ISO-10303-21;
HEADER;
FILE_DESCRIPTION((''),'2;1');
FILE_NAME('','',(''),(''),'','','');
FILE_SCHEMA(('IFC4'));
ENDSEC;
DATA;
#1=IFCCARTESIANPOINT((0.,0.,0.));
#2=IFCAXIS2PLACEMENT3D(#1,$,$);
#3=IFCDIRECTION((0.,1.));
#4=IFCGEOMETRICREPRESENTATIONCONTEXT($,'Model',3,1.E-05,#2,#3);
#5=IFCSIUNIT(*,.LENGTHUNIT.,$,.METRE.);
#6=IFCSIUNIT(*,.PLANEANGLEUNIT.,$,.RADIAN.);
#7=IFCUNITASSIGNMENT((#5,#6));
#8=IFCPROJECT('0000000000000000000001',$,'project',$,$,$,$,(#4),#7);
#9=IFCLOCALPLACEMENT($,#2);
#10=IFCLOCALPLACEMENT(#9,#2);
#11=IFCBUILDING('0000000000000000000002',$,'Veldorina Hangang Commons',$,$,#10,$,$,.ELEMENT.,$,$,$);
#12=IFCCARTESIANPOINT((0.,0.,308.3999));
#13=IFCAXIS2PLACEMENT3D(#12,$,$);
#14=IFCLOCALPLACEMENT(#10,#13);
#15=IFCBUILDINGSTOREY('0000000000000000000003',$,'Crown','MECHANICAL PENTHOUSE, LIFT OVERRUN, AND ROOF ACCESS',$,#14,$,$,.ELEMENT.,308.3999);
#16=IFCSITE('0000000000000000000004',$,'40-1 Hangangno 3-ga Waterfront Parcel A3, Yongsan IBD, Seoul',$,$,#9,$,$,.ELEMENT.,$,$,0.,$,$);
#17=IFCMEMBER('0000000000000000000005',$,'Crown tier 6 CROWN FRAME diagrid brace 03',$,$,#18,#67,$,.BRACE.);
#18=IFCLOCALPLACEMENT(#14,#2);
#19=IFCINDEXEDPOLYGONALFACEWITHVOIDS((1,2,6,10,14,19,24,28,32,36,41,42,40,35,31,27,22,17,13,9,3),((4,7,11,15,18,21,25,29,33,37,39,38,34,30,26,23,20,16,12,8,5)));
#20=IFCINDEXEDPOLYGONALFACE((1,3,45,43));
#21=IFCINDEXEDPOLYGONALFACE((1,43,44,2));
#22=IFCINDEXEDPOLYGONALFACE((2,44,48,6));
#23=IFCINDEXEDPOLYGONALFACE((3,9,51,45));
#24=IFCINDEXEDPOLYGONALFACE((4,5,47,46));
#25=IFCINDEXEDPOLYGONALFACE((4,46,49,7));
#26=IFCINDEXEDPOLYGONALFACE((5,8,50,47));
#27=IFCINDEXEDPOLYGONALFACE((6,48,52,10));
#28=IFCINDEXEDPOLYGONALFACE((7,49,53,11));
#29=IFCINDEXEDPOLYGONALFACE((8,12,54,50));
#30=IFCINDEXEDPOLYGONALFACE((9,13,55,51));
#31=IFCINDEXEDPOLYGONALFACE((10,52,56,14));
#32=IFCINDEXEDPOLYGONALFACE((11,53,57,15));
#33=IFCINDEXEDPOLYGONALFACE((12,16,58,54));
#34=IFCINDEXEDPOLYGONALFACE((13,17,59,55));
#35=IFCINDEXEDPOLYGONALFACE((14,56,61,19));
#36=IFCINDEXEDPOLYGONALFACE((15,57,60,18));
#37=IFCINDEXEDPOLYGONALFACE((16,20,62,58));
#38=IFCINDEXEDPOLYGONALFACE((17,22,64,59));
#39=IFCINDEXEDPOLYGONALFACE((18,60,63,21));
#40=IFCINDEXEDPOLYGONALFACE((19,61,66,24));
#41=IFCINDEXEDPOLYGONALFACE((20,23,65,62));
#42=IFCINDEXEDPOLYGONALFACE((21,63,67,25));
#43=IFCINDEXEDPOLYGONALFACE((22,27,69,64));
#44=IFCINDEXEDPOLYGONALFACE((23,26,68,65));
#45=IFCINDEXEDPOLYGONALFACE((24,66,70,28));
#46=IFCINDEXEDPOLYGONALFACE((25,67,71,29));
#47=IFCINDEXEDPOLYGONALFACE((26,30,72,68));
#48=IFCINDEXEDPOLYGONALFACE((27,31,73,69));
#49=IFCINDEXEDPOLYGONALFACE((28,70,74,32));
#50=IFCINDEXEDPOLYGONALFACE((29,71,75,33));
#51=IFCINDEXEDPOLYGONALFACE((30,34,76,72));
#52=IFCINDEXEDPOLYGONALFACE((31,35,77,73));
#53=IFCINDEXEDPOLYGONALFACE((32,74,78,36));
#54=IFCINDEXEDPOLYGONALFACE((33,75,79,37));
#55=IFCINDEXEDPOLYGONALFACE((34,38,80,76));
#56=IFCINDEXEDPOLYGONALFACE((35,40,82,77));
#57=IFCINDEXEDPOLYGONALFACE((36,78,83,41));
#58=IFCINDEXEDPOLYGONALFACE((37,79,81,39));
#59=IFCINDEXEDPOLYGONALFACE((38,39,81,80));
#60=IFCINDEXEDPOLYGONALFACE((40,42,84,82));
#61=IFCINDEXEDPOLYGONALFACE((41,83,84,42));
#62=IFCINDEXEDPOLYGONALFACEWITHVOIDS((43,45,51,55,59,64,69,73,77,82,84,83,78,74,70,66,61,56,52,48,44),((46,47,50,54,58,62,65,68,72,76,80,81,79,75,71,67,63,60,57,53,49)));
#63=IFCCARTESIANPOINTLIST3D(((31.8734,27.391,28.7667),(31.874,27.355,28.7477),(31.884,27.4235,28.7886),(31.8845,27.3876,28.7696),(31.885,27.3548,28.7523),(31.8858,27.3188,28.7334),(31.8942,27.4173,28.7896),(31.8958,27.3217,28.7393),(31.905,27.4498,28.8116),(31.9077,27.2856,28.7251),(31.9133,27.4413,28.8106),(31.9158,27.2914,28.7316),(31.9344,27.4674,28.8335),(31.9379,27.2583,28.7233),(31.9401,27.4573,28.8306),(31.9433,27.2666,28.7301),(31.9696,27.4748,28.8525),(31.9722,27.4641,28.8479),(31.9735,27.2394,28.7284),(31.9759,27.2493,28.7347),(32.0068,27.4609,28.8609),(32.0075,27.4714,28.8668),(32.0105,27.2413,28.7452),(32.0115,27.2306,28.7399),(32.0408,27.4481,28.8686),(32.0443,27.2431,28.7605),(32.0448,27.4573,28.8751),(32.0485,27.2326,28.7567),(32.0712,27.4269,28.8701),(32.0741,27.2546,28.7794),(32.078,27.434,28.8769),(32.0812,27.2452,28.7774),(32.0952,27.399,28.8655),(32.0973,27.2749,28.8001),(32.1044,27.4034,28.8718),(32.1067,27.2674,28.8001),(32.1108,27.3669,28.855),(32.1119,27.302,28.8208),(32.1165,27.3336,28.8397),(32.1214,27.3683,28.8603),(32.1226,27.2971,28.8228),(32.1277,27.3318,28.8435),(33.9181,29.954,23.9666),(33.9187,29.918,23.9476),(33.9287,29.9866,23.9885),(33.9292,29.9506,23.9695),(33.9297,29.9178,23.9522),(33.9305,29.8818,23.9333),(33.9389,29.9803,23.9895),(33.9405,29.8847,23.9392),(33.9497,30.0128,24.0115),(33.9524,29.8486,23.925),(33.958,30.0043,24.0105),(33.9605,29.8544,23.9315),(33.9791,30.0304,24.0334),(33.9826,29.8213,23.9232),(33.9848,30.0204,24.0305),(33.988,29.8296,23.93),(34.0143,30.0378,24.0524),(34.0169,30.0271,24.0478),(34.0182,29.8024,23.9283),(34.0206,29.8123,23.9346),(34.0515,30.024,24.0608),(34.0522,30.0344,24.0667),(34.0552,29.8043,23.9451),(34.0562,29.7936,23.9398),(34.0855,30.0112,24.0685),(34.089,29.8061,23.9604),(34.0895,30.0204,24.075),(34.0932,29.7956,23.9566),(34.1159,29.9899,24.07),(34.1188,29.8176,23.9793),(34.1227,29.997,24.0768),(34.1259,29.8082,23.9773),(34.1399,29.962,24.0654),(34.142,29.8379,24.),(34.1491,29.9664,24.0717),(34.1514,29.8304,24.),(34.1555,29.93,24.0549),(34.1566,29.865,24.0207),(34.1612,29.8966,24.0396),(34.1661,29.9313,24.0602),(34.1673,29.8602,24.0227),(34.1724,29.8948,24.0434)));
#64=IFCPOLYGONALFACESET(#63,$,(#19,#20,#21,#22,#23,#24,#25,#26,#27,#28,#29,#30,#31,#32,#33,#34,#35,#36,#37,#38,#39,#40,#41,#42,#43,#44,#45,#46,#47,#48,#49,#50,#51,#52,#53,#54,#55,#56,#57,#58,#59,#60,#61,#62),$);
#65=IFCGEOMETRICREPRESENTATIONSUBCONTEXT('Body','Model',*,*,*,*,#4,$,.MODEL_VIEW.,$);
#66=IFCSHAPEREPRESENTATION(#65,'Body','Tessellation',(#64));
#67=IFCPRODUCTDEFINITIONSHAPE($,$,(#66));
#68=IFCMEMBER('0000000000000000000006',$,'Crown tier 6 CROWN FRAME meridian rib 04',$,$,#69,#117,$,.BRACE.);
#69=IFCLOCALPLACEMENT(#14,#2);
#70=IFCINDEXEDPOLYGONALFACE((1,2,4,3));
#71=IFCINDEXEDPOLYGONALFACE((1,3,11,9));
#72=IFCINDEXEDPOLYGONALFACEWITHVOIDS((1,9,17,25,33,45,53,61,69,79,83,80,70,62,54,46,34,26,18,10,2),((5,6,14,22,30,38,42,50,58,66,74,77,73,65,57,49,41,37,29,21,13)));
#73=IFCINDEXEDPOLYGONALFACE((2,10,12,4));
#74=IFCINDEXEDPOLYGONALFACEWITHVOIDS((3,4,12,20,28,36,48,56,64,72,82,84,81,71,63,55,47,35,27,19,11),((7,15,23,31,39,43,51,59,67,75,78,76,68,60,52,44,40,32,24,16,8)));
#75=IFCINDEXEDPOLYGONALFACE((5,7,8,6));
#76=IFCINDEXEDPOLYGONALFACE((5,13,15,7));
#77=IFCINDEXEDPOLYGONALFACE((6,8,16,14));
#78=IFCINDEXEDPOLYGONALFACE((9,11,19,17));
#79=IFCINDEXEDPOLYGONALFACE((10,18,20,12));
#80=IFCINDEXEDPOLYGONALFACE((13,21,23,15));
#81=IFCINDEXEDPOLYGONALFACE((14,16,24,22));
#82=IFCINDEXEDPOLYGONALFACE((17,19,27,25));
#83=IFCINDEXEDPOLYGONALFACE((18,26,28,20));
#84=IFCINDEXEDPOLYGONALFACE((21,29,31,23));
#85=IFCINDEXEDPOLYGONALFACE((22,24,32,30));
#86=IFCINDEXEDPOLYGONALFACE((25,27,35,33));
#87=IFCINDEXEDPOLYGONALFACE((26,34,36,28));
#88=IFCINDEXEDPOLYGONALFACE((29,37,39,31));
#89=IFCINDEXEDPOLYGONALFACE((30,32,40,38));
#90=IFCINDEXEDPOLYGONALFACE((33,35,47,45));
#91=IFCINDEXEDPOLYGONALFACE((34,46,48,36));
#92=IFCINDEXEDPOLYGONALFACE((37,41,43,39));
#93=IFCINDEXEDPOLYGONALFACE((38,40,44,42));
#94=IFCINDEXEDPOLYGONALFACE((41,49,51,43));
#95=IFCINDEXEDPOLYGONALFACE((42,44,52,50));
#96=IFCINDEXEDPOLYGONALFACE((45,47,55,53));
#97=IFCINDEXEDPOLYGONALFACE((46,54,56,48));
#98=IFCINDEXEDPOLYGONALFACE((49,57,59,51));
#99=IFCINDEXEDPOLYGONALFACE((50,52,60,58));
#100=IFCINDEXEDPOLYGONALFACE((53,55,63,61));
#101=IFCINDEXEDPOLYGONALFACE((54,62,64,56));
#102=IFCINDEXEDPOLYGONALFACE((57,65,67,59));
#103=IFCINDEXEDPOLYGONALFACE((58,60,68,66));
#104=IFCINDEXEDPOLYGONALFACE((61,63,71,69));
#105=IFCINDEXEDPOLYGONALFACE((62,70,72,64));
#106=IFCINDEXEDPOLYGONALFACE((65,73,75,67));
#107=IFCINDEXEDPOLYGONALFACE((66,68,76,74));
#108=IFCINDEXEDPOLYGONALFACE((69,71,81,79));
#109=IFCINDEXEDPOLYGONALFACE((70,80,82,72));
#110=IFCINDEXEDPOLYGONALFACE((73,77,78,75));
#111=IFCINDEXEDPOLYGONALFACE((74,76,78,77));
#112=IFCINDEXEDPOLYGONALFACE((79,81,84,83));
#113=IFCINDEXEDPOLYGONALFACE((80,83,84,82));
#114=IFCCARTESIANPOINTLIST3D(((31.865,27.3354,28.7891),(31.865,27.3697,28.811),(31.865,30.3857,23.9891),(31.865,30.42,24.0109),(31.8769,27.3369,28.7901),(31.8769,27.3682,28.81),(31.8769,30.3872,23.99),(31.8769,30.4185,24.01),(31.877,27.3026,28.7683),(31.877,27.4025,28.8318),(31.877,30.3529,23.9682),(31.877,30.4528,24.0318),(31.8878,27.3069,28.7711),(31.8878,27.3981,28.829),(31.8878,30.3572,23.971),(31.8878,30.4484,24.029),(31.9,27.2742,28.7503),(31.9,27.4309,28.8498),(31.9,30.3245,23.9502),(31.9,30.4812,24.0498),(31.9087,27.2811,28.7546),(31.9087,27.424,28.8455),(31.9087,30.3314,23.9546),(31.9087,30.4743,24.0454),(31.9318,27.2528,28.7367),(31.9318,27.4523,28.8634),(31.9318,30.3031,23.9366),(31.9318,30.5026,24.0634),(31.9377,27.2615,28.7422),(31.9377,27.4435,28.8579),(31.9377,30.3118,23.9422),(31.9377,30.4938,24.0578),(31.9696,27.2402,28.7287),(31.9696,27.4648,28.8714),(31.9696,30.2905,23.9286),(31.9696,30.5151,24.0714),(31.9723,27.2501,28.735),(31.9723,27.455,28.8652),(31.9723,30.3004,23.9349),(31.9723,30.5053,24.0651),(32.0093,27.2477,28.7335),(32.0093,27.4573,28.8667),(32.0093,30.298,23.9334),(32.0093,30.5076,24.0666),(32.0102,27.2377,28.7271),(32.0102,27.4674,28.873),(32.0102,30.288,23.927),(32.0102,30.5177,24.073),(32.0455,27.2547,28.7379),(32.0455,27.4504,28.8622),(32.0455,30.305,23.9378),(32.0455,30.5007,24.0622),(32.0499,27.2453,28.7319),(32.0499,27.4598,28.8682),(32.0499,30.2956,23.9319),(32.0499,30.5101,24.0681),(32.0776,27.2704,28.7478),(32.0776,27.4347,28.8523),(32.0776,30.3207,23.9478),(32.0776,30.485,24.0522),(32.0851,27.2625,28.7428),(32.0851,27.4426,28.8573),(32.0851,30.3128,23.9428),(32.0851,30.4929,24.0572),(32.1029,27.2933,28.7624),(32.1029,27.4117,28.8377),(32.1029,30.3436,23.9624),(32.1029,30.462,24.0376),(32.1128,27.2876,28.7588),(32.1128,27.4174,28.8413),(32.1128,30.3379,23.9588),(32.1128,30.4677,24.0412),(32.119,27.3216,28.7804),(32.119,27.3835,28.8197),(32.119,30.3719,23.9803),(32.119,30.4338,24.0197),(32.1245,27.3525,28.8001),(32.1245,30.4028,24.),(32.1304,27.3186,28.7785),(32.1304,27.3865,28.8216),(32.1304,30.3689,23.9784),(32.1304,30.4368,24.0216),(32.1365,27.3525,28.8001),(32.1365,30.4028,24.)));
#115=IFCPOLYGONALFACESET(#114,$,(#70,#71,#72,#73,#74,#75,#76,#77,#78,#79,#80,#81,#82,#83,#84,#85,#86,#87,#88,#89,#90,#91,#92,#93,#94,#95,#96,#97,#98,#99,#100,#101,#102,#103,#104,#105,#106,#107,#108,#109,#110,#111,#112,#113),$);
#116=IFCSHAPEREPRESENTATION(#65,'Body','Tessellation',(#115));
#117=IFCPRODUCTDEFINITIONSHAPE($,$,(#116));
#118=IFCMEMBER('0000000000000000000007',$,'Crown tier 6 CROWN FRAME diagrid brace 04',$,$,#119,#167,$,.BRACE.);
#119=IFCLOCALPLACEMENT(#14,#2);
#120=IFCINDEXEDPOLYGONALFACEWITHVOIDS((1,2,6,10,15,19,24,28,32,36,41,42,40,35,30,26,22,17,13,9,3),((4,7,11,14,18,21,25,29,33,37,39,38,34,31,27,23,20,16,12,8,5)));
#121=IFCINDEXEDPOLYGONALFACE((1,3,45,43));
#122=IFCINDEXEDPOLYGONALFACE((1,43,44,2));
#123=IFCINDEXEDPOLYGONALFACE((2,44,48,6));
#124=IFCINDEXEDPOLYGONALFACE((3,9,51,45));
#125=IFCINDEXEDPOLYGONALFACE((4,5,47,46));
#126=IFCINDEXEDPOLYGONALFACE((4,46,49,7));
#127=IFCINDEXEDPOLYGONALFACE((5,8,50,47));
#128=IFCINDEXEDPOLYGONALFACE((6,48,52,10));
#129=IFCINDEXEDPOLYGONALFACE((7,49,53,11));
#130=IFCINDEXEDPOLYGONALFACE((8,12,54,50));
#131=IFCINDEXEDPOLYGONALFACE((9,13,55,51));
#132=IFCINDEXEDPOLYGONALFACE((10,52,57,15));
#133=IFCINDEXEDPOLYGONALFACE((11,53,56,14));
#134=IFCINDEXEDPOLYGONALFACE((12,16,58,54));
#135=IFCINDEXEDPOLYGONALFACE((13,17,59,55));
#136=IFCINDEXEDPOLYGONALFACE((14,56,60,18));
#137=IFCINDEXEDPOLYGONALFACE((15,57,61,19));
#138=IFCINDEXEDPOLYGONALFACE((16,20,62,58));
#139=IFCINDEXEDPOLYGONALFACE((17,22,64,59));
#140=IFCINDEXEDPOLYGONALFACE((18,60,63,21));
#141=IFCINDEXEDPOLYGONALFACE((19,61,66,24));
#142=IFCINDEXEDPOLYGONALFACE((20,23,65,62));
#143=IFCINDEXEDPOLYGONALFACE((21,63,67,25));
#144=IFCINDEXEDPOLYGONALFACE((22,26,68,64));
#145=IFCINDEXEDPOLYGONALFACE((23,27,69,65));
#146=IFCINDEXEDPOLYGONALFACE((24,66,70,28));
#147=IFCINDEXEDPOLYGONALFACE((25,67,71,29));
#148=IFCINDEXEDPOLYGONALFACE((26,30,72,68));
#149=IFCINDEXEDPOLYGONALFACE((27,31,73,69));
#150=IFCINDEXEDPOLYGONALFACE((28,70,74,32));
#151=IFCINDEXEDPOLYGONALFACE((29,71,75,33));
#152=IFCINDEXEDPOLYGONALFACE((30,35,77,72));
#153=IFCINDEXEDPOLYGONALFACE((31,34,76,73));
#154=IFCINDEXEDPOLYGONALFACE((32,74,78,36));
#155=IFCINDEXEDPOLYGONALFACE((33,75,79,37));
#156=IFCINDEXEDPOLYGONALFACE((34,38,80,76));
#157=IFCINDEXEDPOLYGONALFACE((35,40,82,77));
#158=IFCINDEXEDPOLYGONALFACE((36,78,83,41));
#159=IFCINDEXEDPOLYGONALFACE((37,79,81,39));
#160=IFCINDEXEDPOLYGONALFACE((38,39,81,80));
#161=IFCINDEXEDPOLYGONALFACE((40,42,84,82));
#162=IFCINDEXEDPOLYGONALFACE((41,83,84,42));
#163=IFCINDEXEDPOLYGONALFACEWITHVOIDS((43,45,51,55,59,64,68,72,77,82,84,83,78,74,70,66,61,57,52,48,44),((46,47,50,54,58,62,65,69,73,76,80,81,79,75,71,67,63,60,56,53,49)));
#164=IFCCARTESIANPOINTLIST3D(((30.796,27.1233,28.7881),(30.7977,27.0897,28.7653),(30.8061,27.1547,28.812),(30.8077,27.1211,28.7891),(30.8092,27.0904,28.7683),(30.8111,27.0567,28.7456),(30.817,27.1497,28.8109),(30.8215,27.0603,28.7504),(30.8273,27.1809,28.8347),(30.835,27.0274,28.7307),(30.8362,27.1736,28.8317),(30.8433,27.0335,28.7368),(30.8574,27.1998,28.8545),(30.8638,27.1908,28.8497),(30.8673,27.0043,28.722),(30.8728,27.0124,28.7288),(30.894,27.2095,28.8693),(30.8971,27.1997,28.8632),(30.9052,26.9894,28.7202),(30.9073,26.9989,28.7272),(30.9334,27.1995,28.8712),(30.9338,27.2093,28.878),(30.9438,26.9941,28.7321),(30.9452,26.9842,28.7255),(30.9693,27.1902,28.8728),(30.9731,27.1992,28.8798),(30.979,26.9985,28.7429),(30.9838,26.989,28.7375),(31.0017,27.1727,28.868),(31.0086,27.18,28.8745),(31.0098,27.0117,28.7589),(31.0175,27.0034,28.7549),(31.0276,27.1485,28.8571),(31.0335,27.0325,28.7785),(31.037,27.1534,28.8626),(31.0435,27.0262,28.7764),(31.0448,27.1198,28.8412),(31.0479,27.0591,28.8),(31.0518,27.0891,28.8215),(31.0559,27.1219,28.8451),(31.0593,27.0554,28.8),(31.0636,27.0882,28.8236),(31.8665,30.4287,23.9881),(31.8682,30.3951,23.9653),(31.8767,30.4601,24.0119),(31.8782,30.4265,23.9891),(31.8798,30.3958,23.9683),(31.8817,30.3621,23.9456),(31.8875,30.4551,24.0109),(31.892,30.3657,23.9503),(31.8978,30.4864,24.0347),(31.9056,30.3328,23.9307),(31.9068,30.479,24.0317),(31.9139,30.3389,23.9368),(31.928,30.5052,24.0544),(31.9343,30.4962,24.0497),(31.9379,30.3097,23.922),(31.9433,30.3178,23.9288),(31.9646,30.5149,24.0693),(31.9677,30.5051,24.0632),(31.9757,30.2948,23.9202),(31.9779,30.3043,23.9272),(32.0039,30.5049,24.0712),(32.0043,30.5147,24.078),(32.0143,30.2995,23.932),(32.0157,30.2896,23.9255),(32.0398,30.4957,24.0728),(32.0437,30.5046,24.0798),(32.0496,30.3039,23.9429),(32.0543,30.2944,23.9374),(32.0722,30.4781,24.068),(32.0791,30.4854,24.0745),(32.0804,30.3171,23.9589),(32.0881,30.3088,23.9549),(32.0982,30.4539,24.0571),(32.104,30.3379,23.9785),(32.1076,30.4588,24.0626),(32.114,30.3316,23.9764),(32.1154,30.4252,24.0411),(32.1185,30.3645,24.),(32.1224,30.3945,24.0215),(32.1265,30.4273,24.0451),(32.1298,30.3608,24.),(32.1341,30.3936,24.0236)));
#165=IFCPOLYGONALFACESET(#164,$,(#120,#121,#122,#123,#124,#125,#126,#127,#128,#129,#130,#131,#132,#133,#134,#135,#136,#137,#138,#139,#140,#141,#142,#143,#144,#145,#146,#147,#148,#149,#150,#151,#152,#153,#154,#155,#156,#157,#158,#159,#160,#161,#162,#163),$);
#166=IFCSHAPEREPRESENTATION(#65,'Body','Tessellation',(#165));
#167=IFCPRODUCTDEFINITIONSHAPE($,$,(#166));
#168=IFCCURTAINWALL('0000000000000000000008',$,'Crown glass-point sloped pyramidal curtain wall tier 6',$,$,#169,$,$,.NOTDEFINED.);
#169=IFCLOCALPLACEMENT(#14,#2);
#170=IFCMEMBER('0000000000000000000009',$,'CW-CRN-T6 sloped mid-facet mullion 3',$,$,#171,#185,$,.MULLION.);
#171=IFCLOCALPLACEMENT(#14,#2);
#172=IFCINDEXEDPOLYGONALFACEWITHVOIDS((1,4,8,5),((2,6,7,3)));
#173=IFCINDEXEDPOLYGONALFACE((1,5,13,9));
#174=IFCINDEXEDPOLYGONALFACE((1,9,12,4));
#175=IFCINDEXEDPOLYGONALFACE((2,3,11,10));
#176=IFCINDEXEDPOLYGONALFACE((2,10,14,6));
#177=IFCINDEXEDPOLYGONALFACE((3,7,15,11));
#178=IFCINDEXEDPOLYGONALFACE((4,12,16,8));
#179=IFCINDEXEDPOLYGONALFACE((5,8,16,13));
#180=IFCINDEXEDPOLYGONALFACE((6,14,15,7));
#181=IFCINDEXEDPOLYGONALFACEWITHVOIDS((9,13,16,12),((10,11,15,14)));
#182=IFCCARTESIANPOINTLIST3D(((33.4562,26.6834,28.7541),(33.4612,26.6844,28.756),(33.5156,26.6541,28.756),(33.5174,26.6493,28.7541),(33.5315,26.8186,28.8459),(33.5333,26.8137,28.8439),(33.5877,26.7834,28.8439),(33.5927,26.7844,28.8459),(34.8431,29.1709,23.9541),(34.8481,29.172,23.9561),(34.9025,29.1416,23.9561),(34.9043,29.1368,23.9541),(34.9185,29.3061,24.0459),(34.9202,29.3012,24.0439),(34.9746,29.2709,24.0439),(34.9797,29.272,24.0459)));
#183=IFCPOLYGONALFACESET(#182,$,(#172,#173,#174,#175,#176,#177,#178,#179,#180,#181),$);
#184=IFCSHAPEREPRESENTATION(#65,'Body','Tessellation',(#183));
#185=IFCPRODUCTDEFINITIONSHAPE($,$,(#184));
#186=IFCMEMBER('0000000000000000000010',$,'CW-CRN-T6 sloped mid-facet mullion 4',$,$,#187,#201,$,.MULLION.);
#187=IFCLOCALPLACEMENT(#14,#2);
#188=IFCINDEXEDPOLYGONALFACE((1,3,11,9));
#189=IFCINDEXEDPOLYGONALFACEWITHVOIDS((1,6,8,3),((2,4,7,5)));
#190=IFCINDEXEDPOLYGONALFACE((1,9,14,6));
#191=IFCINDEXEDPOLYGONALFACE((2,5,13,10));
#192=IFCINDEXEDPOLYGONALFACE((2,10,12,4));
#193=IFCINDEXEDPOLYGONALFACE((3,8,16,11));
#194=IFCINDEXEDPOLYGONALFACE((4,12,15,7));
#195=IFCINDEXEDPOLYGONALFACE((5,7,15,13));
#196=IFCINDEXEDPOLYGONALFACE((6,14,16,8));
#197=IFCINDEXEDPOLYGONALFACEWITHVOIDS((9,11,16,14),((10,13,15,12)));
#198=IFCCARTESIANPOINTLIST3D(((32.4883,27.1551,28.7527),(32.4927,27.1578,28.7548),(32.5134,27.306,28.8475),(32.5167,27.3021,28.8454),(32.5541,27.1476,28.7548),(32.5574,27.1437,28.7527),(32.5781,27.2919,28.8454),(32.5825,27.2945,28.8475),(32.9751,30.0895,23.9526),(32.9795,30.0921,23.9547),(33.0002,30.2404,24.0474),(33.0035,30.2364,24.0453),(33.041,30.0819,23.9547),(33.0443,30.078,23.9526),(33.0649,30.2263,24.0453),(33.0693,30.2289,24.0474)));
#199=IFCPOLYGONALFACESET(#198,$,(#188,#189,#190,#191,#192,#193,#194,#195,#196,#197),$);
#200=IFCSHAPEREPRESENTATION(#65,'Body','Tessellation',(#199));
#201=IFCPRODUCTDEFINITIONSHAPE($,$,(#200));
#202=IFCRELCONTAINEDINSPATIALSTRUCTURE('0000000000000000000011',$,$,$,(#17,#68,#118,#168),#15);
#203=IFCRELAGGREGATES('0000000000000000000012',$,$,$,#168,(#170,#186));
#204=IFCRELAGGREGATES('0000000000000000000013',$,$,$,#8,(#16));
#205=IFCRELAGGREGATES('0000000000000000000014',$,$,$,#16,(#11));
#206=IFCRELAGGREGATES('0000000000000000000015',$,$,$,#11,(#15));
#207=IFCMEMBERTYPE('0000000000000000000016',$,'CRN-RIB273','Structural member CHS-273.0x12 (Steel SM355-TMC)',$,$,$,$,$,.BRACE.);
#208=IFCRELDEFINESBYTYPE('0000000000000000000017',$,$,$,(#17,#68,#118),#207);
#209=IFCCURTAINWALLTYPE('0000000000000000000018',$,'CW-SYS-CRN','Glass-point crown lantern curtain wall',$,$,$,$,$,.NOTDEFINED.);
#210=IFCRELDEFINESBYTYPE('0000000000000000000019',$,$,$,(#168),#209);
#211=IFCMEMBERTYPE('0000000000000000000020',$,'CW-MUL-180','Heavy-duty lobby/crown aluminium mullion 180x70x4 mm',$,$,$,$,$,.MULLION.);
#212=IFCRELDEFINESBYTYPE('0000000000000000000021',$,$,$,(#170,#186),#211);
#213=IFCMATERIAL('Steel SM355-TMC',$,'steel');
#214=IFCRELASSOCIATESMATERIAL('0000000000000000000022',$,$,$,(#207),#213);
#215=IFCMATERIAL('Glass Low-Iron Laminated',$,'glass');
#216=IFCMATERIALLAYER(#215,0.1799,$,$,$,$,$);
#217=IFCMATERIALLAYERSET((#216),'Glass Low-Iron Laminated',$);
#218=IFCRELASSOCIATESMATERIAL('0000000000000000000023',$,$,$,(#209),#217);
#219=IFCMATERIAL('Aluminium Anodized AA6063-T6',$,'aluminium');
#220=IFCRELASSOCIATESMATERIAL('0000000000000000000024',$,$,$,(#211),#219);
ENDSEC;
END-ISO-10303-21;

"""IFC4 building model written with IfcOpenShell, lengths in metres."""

from ifc_helpers import new_model, si_unit, direction, frame, origin, origin_2d, place, context, subcontext, project, spatial, hollow_rectangle, hollow_circle, extrude, material, layer, layer_set, material_profile, profile_set, type_object, element, aggregate, save


model = new_model("IFC4")

# Units and contexts
model_context = context("Model", 3, precision=1e-05, world=origin(), true_north=direction((0.0, 1.0)))
body_context = subcontext(model_context, "Body", "Model", "MODEL_VIEW")
ifc_project = project(units=[si_unit("LENGTHUNIT", "METRE"), si_unit("PLANEANGLEUNIT", "RADIAN")], contexts=[model_context])

# Site, building, storey
site_placement = place(None, origin())
site = spatial("IfcSite", under=ifc_project, at=site_placement, Name="40-1 Hangangno 3-ga Waterfront Parcel A3, Yongsan IBD, Seoul", CompositionType="ELEMENT", RefElevation=0.0)
building_placement = place(site_placement, origin())
building = spatial("IfcBuilding", under=site, at=building_placement, Name="Veldorina Hangang Commons", CompositionType="ELEMENT")
storey_placement = place(building_placement, frame((0.0, 0.0, 308.3999)))
storey = spatial("IfcBuildingStorey", under=building, at=storey_placement, Name="Crown", Description="MECHANICAL PENTHOUSE, LIFT OVERRUN, AND ROOF ACCESS", CompositionType="ELEMENT", Elevation=308.3999)

# Members
ifc_material_1 = material(Name="Steel SM355-TMC", Category="steel")
ifc_material_profile_1 = material_profile(ifc_material_1, hollow_circle(Radius=0.1365, WallThickness=0.012, at=origin_2d()), Name="CHS-273.0x12")
ifc_profile_set_1 = profile_set([ifc_material_profile_1], Name="Steel SM355-TMC")
member_type_1 = type_object("IfcMemberType", Name="CRN-RIB273", Description="Structural member CHS-273.0x12 (Steel SM355-TMC)", PredefinedType="BRACE", material=ifc_profile_set_1)
member_1_placement = place(storey_placement, frame((34.0447, 29.9155, 24.0), z_axis=(-0.351747, -0.440912, 0.825755), x_axis=(0.781718, -0.623632, 0.0)))
element("IfcMember", 1, at=member_1_placement, inside=storey, type_object=member_type_1, Name="Crown tier 6 CROWN FRAME diagrid brace 03", PredefinedType="BRACE", context=body_context, shape_type="SweptSolid", body=[
    extrude(hollow_circle(Radius=0.1365, WallThickness=0.012, at=origin_2d()), origin(), (0.0, 0.0, 1.0), 5.813),
])
member_2_placement = place(storey_placement, frame((32.0, 30.4028, 24.0), z_axis=(0.0, -0.536339, 0.844002), x_axis=(1.0, 0.0, 0.0)))
element("IfcMember", 2, at=member_2_placement, inside=storey, type_object=member_type_1, Name="Crown tier 6 CROWN FRAME meridian rib 04", PredefinedType="BRACE", context=body_context, shape_type="SweptSolid", body=[
    extrude(hollow_circle(Radius=0.1365, WallThickness=0.012, at=origin_2d()), origin(), (0.0, 0.0, 1.0), 5.6873),
])
member_3_placement = place(storey_placement, frame((32.0, 30.4028, 24.0), z_axis=(-0.180667, -0.557823, 0.810057), x_axis=(0.951347, -0.308121, 0.0)))
element("IfcMember", 3, at=member_3_placement, inside=storey, type_object=member_type_1, Name="Crown tier 6 CROWN FRAME diagrid brace 04", PredefinedType="BRACE", context=body_context, shape_type="SweptSolid", body=[
    extrude(hollow_circle(Radius=0.1365, WallThickness=0.012, at=origin_2d()), origin(), (0.0, 0.0, 1.0), 5.9255),
])

# Curtain wall, members
ifc_material_2 = material(Name="Glass Low-Iron Laminated", Category="glass")
ifc_layer_1 = layer(ifc_material_2, 0.1799)
ifc_layer_set_1 = layer_set([ifc_layer_1], Name="Glass Low-Iron Laminated")
curtain_wall_type = type_object("IfcCurtainWallType", Name="CW-SYS-CRN", Description="Glass-point crown lantern curtain wall", PredefinedType="NOTDEFINED", material=ifc_layer_set_1)
curtain_wall_1_placement = place(storey_placement, origin())
curtain_wall_1 = element("IfcCurtainWall", 4, at=curtain_wall_1_placement, inside=storey, type_object=curtain_wall_type, Name="Crown glass-point sloped pyramidal curtain wall tier 6", PredefinedType="NOTDEFINED")
ifc_material_3 = material(Name="Aluminium Anodized AA6063-T6", Category="aluminium")
ifc_material_profile_2 = material_profile(ifc_material_3, hollow_rectangle(XDim=0.0701, YDim=0.1799, WallThickness=0.0039, at=origin_2d()), Name="ALU-RHS-180x70x4")
ifc_profile_set_2 = profile_set([ifc_material_profile_2], Name="Aluminium Anodized AA6063-T6")
member_type_2 = type_object("IfcMemberType", Name="CW-MUL-180", Description="Heavy-duty lobby/crown aluminium mullion 180x70x4 mm", PredefinedType="MULLION", material=ifc_profile_set_2)
member_4_placement = place(storey_placement, frame((34.9114, 29.2214, 24.0), z_axis=(-0.248497, -0.445685, 0.860008), x_axis=(0.873412, -0.486982, 0.0)))
member_4 = element("IfcMember", 5, at=member_4_placement, type_object=member_type_2, Name="CW-CRN-T6 sloped mid-facet mullion 3", PredefinedType="MULLION", context=body_context, shape_type="SweptSolid", body=[
    extrude(hollow_rectangle(XDim=0.0701, YDim=0.1799, WallThickness=0.0039, at=origin_2d()), origin(), (0.0, 0.0, 1.0), 5.5813),
])
member_5_placement = place(storey_placement, frame((33.0222, 30.1592, 24.0), z_axis=(-0.086209, -0.519633, 0.850029), x_axis=(0.986516, -0.163667, 0.0)))
member_5 = element("IfcMember", 6, at=member_5_placement, type_object=member_type_2, Name="CW-CRN-T6 sloped mid-facet mullion 4", PredefinedType="MULLION", context=body_context, shape_type="SweptSolid", body=[
    extrude(hollow_rectangle(XDim=0.0701, YDim=0.1799, WallThickness=0.0039, at=origin_2d()), origin(), (0.0, 0.0, 1.0), 5.647),
])

aggregate(curtain_wall_1, [member_4, member_5])

save(model, "model.ifc")
